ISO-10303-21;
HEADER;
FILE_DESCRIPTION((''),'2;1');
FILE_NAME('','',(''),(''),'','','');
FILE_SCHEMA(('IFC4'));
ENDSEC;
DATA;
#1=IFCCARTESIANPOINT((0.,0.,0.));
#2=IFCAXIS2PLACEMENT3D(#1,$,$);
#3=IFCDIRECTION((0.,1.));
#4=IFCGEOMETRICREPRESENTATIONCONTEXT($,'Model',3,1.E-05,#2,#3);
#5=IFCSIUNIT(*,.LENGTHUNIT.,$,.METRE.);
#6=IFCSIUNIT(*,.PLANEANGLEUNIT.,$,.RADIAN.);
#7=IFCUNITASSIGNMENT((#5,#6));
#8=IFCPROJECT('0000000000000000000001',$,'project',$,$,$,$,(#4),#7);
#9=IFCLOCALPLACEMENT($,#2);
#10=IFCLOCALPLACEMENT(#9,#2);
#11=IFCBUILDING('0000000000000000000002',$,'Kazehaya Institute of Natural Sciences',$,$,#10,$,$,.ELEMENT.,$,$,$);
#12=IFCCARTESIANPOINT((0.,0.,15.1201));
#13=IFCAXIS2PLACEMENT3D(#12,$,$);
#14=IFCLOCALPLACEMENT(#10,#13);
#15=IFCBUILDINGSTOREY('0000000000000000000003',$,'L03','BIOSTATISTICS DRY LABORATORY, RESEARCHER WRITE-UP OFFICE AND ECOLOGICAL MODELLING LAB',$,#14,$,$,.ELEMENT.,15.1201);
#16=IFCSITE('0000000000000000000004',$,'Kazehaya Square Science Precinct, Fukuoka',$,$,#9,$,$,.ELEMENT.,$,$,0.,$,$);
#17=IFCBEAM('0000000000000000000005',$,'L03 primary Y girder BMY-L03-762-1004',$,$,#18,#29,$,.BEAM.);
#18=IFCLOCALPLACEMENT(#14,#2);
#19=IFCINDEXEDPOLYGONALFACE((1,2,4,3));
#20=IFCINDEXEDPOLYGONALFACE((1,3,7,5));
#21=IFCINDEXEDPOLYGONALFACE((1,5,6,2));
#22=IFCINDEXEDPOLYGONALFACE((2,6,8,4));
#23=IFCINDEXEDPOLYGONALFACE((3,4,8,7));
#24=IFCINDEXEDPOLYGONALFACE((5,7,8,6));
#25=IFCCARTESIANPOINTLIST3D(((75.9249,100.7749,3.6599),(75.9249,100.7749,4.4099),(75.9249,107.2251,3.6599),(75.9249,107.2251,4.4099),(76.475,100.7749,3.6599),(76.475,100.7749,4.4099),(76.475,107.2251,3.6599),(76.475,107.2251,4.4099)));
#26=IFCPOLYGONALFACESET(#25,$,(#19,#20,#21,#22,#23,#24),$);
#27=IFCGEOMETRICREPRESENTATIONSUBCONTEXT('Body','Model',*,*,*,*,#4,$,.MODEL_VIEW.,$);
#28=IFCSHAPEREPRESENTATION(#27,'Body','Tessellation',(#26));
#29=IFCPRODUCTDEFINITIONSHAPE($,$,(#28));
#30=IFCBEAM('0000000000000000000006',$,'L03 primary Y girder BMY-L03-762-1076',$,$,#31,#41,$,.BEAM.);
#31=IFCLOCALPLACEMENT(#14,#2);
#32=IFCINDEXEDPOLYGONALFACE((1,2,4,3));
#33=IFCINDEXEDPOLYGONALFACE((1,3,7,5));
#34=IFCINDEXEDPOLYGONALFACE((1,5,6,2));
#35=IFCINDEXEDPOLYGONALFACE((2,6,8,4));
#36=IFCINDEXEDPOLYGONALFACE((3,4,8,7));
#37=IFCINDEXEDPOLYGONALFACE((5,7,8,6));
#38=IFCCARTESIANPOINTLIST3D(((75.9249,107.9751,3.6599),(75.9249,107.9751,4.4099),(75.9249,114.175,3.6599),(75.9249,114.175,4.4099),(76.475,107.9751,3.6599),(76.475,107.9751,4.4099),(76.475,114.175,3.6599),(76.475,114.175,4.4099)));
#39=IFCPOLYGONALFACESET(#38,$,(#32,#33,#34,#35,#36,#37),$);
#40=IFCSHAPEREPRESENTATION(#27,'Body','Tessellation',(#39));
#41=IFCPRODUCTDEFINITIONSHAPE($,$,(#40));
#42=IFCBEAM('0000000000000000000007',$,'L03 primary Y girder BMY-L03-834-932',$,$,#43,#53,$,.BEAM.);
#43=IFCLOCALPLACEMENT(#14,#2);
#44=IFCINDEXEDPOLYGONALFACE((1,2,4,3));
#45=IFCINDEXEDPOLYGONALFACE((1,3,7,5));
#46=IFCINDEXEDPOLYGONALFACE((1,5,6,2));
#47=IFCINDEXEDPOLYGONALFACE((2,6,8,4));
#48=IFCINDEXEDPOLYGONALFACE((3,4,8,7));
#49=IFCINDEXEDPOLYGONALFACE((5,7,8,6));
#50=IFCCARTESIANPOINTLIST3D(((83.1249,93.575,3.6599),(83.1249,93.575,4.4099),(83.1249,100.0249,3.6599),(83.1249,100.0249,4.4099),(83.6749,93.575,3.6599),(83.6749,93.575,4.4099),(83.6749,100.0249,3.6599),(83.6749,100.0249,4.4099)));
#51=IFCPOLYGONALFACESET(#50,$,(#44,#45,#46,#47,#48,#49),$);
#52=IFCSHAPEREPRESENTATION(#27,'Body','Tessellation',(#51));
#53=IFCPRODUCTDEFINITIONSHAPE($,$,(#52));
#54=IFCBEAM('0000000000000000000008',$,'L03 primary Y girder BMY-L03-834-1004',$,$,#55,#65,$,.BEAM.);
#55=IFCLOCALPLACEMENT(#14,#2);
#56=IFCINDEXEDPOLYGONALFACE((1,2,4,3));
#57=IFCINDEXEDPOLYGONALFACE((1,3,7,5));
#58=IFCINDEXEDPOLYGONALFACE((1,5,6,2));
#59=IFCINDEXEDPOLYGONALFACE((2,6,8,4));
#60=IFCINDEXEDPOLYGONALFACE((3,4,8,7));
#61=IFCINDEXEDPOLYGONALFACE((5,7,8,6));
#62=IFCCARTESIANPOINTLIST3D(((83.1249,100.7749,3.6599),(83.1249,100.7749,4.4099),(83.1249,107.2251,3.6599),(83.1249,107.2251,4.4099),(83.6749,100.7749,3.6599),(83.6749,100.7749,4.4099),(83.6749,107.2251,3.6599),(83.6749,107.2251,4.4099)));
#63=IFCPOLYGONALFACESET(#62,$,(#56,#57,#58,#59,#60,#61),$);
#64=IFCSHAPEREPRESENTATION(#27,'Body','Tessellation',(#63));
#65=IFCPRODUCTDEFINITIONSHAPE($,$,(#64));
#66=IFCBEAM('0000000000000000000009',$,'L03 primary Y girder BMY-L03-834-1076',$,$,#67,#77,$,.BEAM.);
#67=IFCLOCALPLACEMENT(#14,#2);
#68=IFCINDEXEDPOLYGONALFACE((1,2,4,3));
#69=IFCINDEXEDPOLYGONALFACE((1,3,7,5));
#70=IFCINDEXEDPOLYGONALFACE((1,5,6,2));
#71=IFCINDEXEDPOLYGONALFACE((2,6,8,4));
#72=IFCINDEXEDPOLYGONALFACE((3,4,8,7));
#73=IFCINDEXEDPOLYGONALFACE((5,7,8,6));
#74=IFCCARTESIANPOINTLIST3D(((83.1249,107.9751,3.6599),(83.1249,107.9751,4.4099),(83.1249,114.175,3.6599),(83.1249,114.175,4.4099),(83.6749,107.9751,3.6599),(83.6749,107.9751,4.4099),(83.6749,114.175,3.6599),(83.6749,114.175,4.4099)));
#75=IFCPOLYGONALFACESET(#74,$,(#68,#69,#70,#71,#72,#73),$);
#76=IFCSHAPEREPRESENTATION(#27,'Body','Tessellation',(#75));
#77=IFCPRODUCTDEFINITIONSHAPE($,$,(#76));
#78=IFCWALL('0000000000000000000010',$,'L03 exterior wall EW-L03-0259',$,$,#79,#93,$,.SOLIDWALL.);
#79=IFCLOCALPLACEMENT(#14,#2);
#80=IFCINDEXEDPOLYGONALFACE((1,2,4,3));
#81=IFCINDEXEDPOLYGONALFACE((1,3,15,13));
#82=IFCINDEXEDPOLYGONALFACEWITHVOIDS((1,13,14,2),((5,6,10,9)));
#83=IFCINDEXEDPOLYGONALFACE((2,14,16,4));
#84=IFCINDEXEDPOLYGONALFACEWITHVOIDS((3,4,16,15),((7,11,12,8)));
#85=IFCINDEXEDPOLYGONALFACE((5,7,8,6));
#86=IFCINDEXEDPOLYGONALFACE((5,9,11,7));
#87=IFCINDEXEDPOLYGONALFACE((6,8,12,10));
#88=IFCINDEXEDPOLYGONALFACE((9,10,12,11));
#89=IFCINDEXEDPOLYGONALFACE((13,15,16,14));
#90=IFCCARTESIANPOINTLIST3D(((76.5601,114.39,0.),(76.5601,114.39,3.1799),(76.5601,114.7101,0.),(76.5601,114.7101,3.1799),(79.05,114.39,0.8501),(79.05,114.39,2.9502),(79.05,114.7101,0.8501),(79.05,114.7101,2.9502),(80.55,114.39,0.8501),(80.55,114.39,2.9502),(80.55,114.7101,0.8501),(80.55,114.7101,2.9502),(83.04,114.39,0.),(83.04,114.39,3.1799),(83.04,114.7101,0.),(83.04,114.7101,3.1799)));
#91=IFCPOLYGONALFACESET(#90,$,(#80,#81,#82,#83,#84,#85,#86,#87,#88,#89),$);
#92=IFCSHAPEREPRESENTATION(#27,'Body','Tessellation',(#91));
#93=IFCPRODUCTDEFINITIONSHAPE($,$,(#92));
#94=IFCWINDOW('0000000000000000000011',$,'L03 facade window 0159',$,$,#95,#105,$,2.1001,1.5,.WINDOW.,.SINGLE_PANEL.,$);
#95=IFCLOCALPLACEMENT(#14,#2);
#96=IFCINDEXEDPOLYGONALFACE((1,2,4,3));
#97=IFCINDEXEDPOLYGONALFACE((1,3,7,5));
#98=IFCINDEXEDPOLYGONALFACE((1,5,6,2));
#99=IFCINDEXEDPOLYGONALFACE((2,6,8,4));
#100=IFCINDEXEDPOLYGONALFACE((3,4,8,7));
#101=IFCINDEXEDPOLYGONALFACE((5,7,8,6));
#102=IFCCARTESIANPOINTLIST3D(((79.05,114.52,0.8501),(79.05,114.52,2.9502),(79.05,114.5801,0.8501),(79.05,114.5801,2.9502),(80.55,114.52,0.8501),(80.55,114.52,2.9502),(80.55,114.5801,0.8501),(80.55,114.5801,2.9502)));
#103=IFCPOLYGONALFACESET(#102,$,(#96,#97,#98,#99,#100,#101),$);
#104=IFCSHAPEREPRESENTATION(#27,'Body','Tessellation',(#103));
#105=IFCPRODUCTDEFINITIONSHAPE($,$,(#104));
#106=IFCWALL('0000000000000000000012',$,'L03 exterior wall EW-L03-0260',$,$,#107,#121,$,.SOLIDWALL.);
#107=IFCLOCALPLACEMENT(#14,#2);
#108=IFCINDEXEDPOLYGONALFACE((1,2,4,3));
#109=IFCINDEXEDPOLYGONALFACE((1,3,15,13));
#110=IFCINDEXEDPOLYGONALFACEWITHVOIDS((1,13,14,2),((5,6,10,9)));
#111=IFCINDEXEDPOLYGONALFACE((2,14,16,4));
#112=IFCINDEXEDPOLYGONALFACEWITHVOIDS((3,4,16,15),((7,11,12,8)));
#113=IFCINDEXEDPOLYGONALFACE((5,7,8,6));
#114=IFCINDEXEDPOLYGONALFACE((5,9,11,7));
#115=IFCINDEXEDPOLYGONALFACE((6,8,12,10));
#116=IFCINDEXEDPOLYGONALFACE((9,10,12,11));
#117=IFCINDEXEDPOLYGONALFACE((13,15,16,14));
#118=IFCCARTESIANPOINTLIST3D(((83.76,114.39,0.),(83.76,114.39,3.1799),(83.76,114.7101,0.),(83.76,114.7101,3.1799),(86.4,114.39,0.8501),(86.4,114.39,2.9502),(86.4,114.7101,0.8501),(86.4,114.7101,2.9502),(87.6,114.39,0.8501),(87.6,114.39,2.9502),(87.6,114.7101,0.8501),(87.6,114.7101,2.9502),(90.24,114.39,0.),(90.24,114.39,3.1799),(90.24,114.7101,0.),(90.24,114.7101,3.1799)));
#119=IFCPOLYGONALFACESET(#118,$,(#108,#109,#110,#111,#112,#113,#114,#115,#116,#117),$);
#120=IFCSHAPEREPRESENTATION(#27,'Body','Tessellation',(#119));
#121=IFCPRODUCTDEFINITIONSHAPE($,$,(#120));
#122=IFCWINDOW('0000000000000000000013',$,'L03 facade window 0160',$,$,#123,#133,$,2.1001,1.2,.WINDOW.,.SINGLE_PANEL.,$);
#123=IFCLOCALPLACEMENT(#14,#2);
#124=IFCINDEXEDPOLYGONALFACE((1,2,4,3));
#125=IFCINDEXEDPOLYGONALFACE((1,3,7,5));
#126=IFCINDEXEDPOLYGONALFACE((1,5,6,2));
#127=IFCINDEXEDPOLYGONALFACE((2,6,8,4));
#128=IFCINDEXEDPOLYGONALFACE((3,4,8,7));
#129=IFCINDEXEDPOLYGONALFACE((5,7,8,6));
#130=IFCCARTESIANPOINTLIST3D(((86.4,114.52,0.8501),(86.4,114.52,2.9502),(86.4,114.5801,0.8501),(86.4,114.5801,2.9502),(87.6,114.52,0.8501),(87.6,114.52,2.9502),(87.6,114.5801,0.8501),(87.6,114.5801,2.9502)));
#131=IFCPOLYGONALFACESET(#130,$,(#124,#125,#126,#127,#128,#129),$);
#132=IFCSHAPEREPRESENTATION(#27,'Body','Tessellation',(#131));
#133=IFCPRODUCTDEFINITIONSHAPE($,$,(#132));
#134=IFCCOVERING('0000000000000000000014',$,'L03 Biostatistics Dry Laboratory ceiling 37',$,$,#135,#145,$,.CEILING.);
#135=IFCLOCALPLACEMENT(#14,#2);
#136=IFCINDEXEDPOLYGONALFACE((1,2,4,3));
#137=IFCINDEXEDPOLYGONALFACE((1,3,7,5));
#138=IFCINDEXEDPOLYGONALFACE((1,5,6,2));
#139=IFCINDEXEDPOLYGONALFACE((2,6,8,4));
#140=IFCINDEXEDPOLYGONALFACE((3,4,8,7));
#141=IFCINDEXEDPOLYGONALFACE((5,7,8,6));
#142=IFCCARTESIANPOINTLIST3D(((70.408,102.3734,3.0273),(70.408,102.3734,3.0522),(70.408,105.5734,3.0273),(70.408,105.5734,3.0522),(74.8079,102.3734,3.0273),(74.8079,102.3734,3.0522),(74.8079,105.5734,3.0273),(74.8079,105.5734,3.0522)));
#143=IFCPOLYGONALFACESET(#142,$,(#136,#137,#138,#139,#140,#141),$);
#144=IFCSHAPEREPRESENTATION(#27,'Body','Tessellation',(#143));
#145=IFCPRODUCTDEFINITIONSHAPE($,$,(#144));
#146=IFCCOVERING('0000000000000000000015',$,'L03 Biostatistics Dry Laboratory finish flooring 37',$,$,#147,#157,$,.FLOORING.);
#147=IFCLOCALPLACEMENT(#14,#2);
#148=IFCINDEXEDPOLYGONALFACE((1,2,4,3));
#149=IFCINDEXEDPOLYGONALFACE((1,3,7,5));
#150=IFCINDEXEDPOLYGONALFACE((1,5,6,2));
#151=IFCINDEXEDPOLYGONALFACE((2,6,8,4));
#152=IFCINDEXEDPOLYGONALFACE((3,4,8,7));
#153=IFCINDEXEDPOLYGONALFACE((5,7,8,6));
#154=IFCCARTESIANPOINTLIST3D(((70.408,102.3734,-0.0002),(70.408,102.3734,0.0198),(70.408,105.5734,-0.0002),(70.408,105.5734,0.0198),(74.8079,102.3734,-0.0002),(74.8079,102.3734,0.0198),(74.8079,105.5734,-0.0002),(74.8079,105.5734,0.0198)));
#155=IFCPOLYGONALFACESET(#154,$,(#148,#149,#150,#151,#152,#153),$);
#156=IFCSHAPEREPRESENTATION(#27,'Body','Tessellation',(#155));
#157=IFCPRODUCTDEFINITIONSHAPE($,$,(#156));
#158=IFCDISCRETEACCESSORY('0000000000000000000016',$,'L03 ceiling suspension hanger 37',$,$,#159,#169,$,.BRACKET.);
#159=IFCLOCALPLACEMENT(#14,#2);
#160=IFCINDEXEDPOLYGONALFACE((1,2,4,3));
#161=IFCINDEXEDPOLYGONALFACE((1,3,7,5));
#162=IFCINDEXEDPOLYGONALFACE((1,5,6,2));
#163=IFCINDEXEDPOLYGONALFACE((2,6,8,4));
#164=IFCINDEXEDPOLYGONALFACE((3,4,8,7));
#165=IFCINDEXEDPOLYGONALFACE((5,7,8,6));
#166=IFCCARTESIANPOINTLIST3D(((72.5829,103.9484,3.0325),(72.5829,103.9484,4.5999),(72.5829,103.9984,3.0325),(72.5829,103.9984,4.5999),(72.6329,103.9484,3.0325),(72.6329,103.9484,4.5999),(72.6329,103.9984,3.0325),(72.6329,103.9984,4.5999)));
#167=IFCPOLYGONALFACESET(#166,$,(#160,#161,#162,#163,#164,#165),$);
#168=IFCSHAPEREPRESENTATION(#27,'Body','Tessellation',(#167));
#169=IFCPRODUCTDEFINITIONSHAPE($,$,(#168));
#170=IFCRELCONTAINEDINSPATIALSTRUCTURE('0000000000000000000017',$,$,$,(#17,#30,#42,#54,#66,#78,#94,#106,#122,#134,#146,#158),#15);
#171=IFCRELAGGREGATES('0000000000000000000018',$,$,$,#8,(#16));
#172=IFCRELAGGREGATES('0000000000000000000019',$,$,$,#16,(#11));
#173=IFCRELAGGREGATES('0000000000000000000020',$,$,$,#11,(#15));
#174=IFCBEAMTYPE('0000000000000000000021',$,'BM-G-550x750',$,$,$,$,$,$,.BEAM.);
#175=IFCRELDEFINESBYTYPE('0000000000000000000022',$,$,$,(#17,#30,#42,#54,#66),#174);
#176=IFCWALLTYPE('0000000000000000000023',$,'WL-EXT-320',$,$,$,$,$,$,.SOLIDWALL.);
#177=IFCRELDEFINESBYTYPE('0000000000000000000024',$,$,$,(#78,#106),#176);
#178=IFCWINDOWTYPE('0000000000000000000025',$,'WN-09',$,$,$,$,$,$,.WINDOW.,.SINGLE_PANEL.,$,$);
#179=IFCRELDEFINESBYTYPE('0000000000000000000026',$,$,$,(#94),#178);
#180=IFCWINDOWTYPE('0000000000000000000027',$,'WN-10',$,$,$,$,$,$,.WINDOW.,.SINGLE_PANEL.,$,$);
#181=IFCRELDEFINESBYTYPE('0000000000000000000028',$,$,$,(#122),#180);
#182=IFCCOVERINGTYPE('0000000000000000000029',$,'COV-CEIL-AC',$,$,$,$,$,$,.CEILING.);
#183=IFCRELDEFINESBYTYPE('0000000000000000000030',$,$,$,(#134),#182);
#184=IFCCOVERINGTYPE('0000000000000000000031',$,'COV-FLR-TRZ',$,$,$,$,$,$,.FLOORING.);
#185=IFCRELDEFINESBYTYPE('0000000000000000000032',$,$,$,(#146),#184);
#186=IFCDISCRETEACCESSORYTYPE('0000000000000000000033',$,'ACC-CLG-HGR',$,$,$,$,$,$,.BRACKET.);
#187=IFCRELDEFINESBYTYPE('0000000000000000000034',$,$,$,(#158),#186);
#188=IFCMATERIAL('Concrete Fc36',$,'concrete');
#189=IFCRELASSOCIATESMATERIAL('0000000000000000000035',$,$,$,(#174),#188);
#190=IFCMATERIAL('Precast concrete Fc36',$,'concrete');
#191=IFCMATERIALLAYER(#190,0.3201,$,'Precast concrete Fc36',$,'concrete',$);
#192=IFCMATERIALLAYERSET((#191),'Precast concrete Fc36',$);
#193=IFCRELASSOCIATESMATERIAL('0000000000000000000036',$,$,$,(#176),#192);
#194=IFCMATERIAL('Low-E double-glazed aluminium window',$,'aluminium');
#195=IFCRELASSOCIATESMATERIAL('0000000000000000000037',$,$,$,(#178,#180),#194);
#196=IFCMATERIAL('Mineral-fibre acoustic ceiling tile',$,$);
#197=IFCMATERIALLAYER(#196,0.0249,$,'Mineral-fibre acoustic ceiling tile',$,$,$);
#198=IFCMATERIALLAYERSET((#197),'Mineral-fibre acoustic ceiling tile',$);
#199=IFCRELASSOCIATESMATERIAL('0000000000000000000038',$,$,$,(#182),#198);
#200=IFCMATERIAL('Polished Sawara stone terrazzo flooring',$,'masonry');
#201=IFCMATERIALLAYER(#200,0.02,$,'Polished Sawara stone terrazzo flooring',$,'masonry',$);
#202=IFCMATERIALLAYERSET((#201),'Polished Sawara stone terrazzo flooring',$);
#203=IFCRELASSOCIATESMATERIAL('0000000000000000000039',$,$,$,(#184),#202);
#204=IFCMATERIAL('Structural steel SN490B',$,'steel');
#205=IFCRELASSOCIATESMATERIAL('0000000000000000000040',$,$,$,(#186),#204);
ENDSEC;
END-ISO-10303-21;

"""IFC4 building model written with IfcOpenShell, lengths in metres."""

from ifc_helpers import new_model, si_unit, direction, frame, frame_2d, origin, origin_2d, place, context, subcontext, project, spatial, rectangle, extrude, material, layer, layer_set, material_profile, profile_set, type_object, element, fill, save


model = new_model("IFC4")

# Units and contexts
model_context = context("Model", 3, precision=1e-05, world=origin(), true_north=direction((0.0, 1.0)))
body_context = subcontext(model_context, "Body", "Model", "MODEL_VIEW")
ifc_project = project(units=[si_unit("LENGTHUNIT", "METRE"), si_unit("PLANEANGLEUNIT", "RADIAN")], contexts=[model_context])

# Site, building, storey
site_placement = place(None, origin())
site = spatial("IfcSite", under=ifc_project, at=site_placement, Name="Kazehaya Square Science Precinct, Fukuoka", CompositionType="ELEMENT", RefElevation=0.0)
building_placement = place(site_placement, origin())
building = spatial("IfcBuilding", under=site, at=building_placement, Name="Kazehaya Institute of Natural Sciences", CompositionType="ELEMENT")
storey_placement = place(building_placement, frame((0.0, 0.0, 15.1201)))
storey = spatial("IfcBuildingStorey", under=building, at=storey_placement, Name="L03", Description="BIOSTATISTICS DRY LABORATORY, RESEARCHER WRITE-UP OFFICE AND ECOLOGICAL MODELLING LAB", CompositionType="ELEMENT", Elevation=15.1201)

# Beams
ifc_material_1 = material(Name="Concrete Fc36", Category="concrete")
ifc_material_profile_1 = material_profile(ifc_material_1, rectangle(XDim=0.55, YDim=0.75, at=origin_2d()), Name="RC-550x750")
ifc_profile_set_1 = profile_set([ifc_material_profile_1], Name="Concrete Fc36")
beam_type = type_object("IfcBeamType", Name="BM-G-550x750", PredefinedType="BEAM", material=ifc_profile_set_1)
beam_1_placement = place(storey_placement, frame((76.2, 100.7749, 4.0349), z_axis=(0.0, 1.0, 0.0), x_axis=(-1.0, 0.0, 0.0)))
element("IfcBeam", 1, at=beam_1_placement, inside=storey, type_object=beam_type, Name="L03 primary Y girder BMY-L03-762-1004", PredefinedType="BEAM", context=body_context, shape_type="SweptSolid", body=[
    extrude(rectangle(XDim=0.55, YDim=0.75, at=origin_2d()), origin(), (0.0, 0.0, 1.0), 6.4502),
])
beam_2_placement = place(storey_placement, frame((76.2, 107.9751, 4.0349), z_axis=(0.0, 1.0, 0.0), x_axis=(-1.0, 0.0, 0.0)))
element("IfcBeam", 2, at=beam_2_placement, inside=storey, type_object=beam_type, Name="L03 primary Y girder BMY-L03-762-1076", PredefinedType="BEAM", context=body_context, shape_type="SweptSolid", body=[
    extrude(rectangle(XDim=0.55, YDim=0.75, at=origin_2d()), origin(), (0.0, 0.0, 1.0), 6.2),
])
beam_3_placement = place(storey_placement, frame((83.3999, 93.575, 4.0349), z_axis=(0.0, 1.0, 0.0), x_axis=(-1.0, 0.0, 0.0)))
element("IfcBeam", 3, at=beam_3_placement, inside=storey, type_object=beam_type, Name="L03 primary Y girder BMY-L03-834-932", PredefinedType="BEAM", context=body_context, shape_type="SweptSolid", body=[
    extrude(rectangle(XDim=0.55, YDim=0.75, at=origin_2d()), origin(), (0.0, 0.0, 1.0), 6.45),
])
beam_4_placement = place(storey_placement, frame((83.3999, 100.7749, 4.0349), z_axis=(0.0, 1.0, 0.0), x_axis=(-1.0, 0.0, 0.0)))
element("IfcBeam", 4, at=beam_4_placement, inside=storey, type_object=beam_type, Name="L03 primary Y girder BMY-L03-834-1004", PredefinedType="BEAM", context=body_context, shape_type="SweptSolid", body=[
    extrude(rectangle(XDim=0.55, YDim=0.75, at=origin_2d()), origin(), (0.0, 0.0, 1.0), 6.4502),
])
beam_5_placement = place(storey_placement, frame((83.3999, 107.9751, 4.0349), z_axis=(0.0, 1.0, 0.0), x_axis=(-1.0, 0.0, 0.0)))
element("IfcBeam", 5, at=beam_5_placement, inside=storey, type_object=beam_type, Name="L03 primary Y girder BMY-L03-834-1076", PredefinedType="BEAM", context=body_context, shape_type="SweptSolid", body=[
    extrude(rectangle(XDim=0.55, YDim=0.75, at=origin_2d()), origin(), (0.0, 0.0, 1.0), 6.2),
])

# Walls, openings, windows
ifc_material_2 = material(Name="Precast concrete Fc36", Category="concrete")
ifc_layer_1 = layer(ifc_material_2, 0.3201, Name="Precast concrete Fc36", Category="concrete")
ifc_layer_set_1 = layer_set([ifc_layer_1], Name="Precast concrete Fc36")
wall_type = type_object("IfcWallType", Name="WL-EXT-320", PredefinedType="SOLIDWALL", material=ifc_layer_set_1)
wall_1_placement = place(storey_placement, frame((76.5601, 114.55, 0.0), z_axis=(0.0, 0.0, 1.0), x_axis=(1.0, 0.0, 0.0)))
wall_1 = element("IfcWall", 6, at=wall_1_placement, inside=storey, type_object=wall_type, Name="L03 exterior wall EW-L03-0259", PredefinedType="SOLIDWALL", context=body_context, shape_type="SweptSolid", body=[
    extrude(rectangle(XDim=6.48, YDim=0.3201, at=frame_2d((3.24, 0.0))), origin(), (0.0, 0.0, 1.0), 3.1799),
])
opening_1_placement = place(wall_1_placement, frame((2.49, 0.0, 0.8501)))
opening_1 = element("IfcOpeningElement", 7, at=opening_1_placement, cuts=wall_1, PredefinedType="OPENING", context=body_context, shape_type="SweptSolid", body=[
    extrude(rectangle(XDim=1.5, YDim=2.1001, at=frame_2d((0.75, 1.05))), frame((0.0, 0.1699, 0.0), z_axis=(0.0, -1.0, 0.0), x_axis=(1.0, 0.0, 0.0)), (0.0, 0.0, 1.0), 0.3401),
])
ifc_material_3 = material(Name="Low-E double-glazed aluminium window", Category="aluminium")
window_type_1 = type_object("IfcWindowType", Name="WN-09", PartitioningType="SINGLE_PANEL", PredefinedType="WINDOW", material=ifc_material_3)
window_1_placement = place(opening_1_placement, origin())
window_1 = element("IfcWindow", 8, at=window_1_placement, inside=storey, type_object=window_type_1, Name="L03 facade window 0159", OverallHeight=2.1001, OverallWidth=1.5, PartitioningType="SINGLE_PANEL", PredefinedType="WINDOW", context=body_context, shape_type="SweptSolid", body=[
    extrude(rectangle(XDim=1.5, YDim=2.1001, at=frame_2d((0.75, 1.05))), frame((0.0, 0.03, 0.0), z_axis=(0.0, -1.0, 0.0), x_axis=(1.0, 0.0, 0.0)), (0.0, 0.0, 1.0), 0.0601),
])
fill(opening_1, window_1)
wall_2_placement = place(storey_placement, frame((83.76, 114.55, 0.0), z_axis=(0.0, 0.0, 1.0), x_axis=(1.0, 0.0, 0.0)))
wall_2 = element("IfcWall", 9, at=wall_2_placement, inside=storey, type_object=wall_type, Name="L03 exterior wall EW-L03-0260", PredefinedType="SOLIDWALL", context=body_context, shape_type="SweptSolid", body=[
    extrude(rectangle(XDim=6.48, YDim=0.3201, at=frame_2d((3.24, 0.0))), origin(), (0.0, 0.0, 1.0), 3.1799),
])
opening_2_placement = place(wall_2_placement, frame((2.6399, 0.0, 0.8501)))
opening_2 = element("IfcOpeningElement", 10, at=opening_2_placement, cuts=wall_2, PredefinedType="OPENING", context=body_context, shape_type="SweptSolid", body=[
    extrude(rectangle(XDim=1.2, YDim=2.1001, at=frame_2d((0.6001, 1.05))), frame((0.0, 0.1699, 0.0), z_axis=(0.0, -1.0, 0.0), x_axis=(1.0, 0.0, 0.0)), (0.0, 0.0, 1.0), 0.3401),
])
window_type_2 = type_object("IfcWindowType", Name="WN-10", PartitioningType="SINGLE_PANEL", PredefinedType="WINDOW", material=ifc_material_3)
window_2_placement = place(opening_2_placement, origin())
window_2 = element("IfcWindow", 11, at=window_2_placement, inside=storey, type_object=window_type_2, Name="L03 facade window 0160", OverallHeight=2.1001, OverallWidth=1.2, PartitioningType="SINGLE_PANEL", PredefinedType="WINDOW", context=body_context, shape_type="SweptSolid", body=[
    extrude(rectangle(XDim=1.2, YDim=2.1001, at=frame_2d((0.6001, 1.05))), frame((0.0, 0.03, 0.0), z_axis=(0.0, -1.0, 0.0), x_axis=(1.0, 0.0, 0.0)), (0.0, 0.0, 1.0), 0.0601),
])
fill(opening_2, window_2)

# Coverings
ifc_material_4 = material(Name="Mineral-fibre acoustic ceiling tile")
ifc_layer_2 = layer(ifc_material_4, 0.0249, Name="Mineral-fibre acoustic ceiling tile")
ifc_layer_set_2 = layer_set([ifc_layer_2], Name="Mineral-fibre acoustic ceiling tile")
covering_type_1 = type_object("IfcCoveringType", Name="COV-CEIL-AC", PredefinedType="CEILING", material=ifc_layer_set_2)
covering_1_placement = place(storey_placement, frame((72.6079, 103.9734, 3.0273), z_axis=(0.0, 0.0, 1.0), x_axis=(1.0, 0.0, 0.0)))
element("IfcCovering", 12, at=covering_1_placement, inside=storey, type_object=covering_type_1, Name="L03 Biostatistics Dry Laboratory ceiling 37", PredefinedType="CEILING", context=body_context, shape_type="SweptSolid", body=[
    extrude(rectangle(XDim=4.3999, YDim=3.2, at=origin_2d()), origin(), (0.0, 0.0, 1.0), 0.0249),
])
ifc_material_5 = material(Name="Polished Sawara stone terrazzo flooring", Category="masonry")
ifc_layer_3 = layer(ifc_material_5, 0.02, Name="Polished Sawara stone terrazzo flooring", Category="masonry")
ifc_layer_set_3 = layer_set([ifc_layer_3], Name="Polished Sawara stone terrazzo flooring")
covering_type_2 = type_object("IfcCoveringType", Name="COV-FLR-TRZ", PredefinedType="FLOORING", material=ifc_layer_set_3)
covering_2_placement = place(storey_placement, frame((72.6079, 103.9734, -0.0002), z_axis=(0.0, 0.0, 1.0), x_axis=(1.0, 0.0, 0.0)))
element("IfcCovering", 13, at=covering_2_placement, inside=storey, type_object=covering_type_2, Name="L03 Biostatistics Dry Laboratory finish flooring 37", PredefinedType="FLOORING", context=body_context, shape_type="SweptSolid", body=[
    extrude(rectangle(XDim=4.3999, YDim=3.2, at=origin_2d()), origin(), (0.0, 0.0, 1.0), 0.02),
])

# Discrete accessory
ifc_material_6 = material(Name="Structural steel SN490B", Category="steel")
discrete_accessory_type = type_object("IfcDiscreteAccessoryType", Name="ACC-CLG-HGR", PredefinedType="BRACKET", material=ifc_material_6)
discrete_accessory_placement = place(storey_placement, frame((72.6079, 103.9734, 3.0325), z_axis=(0.0, 0.0, 1.0), x_axis=(1.0, 0.0, 0.0)))
element("IfcDiscreteAccessory", 14, at=discrete_accessory_placement, inside=storey, type_object=discrete_accessory_type, Name="L03 ceiling suspension hanger 37", PredefinedType="BRACKET", context=body_context, shape_type="SweptSolid", body=[
    extrude(rectangle(XDim=0.05, YDim=0.05, at=origin_2d()), origin(), (0.0, 0.0, 1.0), 1.5674),
])

save(model, "model.ifc")
